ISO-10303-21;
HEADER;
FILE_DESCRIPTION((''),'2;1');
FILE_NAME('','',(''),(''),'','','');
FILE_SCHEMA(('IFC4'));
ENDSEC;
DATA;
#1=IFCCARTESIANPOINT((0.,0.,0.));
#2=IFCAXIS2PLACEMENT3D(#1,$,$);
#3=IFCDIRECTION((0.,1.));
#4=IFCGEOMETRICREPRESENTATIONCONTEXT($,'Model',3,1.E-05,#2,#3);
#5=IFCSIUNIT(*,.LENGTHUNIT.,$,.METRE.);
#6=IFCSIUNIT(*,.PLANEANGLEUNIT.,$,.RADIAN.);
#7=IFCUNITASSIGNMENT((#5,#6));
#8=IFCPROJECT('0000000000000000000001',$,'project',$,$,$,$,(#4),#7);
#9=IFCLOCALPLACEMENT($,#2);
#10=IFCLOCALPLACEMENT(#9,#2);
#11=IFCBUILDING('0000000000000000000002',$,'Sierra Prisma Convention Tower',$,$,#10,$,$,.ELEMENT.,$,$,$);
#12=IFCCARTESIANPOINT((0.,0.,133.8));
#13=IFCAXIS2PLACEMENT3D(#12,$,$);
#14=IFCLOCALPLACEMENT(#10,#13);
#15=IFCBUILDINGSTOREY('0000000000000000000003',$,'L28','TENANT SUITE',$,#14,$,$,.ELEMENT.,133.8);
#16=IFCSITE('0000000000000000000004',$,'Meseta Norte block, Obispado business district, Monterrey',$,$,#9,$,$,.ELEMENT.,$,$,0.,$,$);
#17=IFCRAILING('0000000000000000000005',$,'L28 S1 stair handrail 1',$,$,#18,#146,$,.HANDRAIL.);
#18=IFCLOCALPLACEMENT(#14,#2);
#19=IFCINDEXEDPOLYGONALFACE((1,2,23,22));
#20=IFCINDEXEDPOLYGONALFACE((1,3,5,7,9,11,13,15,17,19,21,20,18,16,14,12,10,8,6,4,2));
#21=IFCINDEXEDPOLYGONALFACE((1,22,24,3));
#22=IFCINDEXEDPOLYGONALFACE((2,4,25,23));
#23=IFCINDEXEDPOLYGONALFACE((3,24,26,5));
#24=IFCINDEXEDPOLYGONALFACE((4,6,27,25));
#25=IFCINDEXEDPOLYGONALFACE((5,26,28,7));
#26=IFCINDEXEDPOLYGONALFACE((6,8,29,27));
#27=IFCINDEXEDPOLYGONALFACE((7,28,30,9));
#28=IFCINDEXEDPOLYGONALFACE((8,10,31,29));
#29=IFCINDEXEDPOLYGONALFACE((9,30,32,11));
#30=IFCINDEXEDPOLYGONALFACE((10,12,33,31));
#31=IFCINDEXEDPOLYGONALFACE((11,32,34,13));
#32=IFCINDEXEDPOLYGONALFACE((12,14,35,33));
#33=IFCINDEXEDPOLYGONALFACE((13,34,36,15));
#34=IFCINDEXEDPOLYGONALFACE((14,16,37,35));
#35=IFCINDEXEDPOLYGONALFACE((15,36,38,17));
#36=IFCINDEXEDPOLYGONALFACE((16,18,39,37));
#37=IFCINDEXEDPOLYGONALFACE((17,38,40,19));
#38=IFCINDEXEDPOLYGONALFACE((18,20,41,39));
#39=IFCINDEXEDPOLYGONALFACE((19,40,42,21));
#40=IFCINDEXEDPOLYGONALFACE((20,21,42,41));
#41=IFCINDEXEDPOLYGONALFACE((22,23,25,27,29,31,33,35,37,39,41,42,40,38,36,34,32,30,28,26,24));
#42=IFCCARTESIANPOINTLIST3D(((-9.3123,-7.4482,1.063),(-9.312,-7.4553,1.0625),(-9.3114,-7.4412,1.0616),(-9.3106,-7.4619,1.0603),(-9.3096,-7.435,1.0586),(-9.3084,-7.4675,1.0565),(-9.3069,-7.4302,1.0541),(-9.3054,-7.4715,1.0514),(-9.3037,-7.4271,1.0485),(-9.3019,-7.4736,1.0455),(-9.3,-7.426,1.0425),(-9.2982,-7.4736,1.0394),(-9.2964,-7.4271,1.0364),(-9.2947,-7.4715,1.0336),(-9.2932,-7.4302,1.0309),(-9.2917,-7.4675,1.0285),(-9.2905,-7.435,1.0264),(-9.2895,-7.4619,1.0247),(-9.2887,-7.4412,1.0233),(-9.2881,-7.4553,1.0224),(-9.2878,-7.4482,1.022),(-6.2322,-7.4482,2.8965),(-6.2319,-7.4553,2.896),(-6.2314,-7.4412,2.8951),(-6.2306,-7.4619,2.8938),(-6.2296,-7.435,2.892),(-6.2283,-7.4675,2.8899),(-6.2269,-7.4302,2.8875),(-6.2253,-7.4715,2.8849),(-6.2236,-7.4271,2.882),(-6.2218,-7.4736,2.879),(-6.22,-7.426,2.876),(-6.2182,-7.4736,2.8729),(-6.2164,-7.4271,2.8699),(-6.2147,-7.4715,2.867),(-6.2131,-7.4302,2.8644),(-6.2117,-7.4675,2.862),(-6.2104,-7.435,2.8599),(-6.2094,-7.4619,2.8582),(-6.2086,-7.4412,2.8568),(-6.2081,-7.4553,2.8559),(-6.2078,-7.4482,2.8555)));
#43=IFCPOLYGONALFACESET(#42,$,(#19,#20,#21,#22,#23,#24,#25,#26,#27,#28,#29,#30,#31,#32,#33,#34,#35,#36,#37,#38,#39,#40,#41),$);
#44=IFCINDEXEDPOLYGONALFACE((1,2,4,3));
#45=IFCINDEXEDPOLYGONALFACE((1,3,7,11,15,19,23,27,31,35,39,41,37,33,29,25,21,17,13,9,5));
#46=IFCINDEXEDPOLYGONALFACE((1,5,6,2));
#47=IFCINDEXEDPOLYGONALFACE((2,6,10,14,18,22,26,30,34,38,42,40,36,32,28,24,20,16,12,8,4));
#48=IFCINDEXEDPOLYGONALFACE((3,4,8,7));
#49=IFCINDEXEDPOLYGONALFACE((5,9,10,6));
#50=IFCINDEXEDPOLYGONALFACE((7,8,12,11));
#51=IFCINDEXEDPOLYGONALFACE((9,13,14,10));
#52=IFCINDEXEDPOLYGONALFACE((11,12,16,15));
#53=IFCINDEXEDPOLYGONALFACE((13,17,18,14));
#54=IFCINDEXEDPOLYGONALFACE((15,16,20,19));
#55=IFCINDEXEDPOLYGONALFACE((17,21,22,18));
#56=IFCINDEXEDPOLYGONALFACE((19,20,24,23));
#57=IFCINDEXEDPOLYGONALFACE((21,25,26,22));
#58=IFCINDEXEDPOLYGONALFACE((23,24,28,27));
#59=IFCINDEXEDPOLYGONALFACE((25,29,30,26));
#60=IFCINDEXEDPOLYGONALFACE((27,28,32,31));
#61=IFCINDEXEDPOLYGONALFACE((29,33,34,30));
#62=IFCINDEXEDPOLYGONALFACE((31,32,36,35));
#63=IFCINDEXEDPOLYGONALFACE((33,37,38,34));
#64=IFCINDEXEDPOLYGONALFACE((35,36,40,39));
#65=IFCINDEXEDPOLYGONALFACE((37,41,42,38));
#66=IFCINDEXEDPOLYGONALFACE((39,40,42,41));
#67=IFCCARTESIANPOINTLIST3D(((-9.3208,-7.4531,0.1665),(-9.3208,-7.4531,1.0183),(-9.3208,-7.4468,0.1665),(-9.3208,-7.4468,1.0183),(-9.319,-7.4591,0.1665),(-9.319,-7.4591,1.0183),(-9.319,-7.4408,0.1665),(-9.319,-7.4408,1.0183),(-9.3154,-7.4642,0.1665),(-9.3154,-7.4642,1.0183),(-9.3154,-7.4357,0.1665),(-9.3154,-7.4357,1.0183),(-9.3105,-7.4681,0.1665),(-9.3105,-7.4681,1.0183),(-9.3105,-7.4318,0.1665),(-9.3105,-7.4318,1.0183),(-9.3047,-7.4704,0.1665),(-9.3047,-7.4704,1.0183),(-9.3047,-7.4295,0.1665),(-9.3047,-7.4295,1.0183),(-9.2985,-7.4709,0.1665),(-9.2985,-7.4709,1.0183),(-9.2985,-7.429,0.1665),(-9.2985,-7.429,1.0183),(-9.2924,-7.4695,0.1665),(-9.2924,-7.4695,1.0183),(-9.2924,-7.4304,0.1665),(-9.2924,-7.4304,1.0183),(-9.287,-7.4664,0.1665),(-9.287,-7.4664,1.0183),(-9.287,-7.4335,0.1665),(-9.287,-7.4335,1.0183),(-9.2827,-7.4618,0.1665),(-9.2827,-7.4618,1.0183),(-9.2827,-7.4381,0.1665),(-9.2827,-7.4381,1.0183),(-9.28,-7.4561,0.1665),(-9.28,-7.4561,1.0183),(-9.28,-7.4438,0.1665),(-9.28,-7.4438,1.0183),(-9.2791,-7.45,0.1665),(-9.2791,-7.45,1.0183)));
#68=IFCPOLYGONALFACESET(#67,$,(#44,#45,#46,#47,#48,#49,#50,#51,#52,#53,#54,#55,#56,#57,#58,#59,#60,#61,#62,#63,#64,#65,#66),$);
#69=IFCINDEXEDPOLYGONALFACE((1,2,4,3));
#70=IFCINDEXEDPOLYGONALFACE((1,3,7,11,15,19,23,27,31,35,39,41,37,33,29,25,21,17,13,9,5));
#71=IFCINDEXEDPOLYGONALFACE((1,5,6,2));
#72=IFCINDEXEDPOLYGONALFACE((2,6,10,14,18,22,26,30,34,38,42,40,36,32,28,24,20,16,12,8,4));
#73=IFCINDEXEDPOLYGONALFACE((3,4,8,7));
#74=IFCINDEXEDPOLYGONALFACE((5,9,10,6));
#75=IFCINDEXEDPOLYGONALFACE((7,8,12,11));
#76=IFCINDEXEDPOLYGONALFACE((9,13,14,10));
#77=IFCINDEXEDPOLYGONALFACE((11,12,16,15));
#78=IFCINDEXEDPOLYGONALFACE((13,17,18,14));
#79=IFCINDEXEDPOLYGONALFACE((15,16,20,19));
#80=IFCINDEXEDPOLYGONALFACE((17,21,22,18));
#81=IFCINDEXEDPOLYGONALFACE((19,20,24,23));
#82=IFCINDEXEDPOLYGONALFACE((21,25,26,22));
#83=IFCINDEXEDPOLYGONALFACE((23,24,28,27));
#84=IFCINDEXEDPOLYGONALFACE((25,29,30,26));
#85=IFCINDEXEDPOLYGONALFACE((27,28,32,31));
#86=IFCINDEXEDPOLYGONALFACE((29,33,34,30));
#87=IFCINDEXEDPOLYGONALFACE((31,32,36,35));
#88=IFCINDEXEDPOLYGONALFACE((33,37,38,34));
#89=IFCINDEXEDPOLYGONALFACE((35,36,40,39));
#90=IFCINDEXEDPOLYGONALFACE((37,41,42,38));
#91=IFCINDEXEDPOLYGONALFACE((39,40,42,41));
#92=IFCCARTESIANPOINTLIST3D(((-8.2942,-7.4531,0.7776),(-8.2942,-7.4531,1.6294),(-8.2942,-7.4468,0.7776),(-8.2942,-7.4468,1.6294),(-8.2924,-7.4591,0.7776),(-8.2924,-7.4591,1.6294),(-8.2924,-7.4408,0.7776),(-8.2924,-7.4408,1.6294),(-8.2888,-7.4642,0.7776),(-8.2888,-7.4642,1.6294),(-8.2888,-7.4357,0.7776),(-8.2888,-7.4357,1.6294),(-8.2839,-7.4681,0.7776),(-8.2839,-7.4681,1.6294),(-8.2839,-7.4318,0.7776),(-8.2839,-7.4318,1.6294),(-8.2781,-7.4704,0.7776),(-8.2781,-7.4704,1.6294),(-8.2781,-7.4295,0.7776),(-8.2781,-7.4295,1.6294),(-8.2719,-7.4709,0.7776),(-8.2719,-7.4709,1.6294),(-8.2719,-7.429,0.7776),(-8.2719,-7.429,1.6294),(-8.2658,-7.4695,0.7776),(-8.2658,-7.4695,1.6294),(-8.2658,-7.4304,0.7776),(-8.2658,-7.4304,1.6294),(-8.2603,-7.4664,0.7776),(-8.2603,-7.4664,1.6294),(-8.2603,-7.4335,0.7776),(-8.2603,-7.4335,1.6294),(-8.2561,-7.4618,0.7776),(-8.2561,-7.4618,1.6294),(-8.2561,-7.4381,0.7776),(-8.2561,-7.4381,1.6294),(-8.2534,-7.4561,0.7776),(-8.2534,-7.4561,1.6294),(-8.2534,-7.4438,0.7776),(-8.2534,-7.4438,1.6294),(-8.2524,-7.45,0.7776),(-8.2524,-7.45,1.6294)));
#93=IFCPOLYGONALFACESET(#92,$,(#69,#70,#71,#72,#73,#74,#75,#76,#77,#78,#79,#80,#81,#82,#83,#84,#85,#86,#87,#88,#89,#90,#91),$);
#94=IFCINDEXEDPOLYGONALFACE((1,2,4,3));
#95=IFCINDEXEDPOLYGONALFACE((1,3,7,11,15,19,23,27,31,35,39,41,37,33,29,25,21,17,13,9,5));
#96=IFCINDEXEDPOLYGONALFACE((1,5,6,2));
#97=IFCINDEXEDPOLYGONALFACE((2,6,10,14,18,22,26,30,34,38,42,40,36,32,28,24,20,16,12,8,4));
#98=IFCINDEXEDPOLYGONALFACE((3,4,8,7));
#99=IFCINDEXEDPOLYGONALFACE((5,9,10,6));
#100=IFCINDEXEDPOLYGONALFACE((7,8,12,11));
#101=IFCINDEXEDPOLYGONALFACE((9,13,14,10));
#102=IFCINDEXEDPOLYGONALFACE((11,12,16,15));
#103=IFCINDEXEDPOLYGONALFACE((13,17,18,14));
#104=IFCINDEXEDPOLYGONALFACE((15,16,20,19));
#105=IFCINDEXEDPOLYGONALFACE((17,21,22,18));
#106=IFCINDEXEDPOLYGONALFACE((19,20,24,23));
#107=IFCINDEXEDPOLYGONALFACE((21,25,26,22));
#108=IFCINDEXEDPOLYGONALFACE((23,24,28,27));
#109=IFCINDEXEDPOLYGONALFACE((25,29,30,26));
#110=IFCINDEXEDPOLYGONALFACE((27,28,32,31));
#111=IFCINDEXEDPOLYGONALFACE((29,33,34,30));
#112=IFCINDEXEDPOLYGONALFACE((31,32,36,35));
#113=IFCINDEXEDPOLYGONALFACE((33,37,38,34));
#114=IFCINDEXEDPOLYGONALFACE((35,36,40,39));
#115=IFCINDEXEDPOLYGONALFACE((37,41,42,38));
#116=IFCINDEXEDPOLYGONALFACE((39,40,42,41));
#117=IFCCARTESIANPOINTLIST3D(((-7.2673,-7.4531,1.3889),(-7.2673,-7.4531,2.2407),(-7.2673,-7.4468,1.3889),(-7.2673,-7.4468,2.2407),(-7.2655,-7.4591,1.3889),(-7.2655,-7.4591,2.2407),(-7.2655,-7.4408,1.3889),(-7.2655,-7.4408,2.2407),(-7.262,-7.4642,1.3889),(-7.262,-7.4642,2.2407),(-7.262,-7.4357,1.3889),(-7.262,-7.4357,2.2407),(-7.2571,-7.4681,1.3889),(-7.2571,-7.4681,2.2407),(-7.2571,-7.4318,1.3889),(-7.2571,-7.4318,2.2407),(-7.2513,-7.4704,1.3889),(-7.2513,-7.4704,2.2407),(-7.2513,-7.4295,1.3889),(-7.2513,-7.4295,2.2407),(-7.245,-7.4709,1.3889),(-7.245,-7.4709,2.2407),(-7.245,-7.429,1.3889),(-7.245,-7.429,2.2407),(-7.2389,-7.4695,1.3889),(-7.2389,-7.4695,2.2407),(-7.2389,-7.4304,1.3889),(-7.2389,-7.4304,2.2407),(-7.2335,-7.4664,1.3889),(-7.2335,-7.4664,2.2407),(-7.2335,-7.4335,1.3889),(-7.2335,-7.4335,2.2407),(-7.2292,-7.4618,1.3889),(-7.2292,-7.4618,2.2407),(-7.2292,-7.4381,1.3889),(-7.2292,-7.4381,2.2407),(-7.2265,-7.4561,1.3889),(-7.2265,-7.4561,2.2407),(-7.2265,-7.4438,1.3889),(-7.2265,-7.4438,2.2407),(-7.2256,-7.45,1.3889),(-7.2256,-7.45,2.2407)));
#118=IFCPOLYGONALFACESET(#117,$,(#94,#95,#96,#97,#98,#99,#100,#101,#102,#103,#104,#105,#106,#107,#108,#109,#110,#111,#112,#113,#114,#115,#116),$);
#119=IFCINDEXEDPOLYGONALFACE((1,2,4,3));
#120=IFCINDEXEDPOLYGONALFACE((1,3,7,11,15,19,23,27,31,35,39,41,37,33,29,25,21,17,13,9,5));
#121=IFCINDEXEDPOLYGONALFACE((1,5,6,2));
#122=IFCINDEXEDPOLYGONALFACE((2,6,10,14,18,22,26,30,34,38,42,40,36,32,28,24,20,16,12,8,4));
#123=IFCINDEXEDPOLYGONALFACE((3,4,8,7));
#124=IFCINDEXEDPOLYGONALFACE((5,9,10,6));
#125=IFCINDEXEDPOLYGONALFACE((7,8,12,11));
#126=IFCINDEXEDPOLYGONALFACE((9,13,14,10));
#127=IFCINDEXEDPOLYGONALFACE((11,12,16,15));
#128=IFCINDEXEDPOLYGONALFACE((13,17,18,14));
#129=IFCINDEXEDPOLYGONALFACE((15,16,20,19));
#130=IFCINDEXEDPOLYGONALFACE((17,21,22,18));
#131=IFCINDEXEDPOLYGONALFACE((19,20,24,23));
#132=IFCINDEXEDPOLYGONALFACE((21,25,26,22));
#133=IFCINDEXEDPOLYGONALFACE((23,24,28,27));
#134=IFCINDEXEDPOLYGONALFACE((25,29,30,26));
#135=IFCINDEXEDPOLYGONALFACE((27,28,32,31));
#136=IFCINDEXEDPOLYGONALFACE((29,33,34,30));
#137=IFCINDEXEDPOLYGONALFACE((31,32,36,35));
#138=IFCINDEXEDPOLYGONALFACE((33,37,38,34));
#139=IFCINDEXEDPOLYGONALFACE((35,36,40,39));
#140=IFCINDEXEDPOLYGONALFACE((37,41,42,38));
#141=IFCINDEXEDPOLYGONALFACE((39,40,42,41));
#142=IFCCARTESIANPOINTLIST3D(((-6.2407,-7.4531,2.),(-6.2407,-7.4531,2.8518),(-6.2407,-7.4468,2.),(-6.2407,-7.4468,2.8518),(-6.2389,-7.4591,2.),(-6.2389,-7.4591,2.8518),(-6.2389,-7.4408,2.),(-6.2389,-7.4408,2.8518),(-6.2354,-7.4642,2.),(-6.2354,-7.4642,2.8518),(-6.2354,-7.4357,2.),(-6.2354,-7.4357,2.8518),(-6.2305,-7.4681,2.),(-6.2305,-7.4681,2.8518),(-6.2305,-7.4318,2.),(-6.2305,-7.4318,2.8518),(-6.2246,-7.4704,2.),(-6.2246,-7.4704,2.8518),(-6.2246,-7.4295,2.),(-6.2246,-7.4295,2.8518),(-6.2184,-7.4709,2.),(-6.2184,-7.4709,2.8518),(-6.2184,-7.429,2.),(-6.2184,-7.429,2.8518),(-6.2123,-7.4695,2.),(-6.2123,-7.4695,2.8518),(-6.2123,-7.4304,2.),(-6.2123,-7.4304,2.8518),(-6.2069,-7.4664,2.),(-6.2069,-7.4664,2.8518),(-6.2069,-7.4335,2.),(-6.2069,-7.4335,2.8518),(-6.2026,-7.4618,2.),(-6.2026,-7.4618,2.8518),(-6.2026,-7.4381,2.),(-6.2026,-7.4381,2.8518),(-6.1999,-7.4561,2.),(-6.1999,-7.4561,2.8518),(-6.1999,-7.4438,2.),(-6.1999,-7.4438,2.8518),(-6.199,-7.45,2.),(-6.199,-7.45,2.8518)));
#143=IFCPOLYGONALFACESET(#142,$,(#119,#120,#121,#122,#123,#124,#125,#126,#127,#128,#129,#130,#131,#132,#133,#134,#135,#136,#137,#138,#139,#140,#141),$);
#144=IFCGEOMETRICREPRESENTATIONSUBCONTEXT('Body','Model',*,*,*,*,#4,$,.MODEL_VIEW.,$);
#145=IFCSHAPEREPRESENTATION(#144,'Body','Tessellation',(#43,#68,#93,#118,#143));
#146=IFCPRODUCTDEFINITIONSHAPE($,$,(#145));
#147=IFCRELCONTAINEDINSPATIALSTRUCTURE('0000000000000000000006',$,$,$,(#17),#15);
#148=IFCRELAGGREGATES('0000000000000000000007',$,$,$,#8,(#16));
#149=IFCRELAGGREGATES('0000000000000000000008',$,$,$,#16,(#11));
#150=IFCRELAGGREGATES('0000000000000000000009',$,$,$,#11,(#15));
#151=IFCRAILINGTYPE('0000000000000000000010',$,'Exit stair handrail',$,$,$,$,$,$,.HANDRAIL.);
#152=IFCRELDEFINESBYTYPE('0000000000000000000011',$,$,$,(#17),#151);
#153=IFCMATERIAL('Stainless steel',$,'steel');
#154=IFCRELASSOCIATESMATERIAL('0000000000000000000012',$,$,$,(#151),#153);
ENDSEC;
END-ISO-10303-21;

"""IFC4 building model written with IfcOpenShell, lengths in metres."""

from ifc_helpers import new_model, si_unit, direction, frame, origin, origin_2d, place, context, subcontext, project, spatial, circle, extrude, material, type_object, element, save


model = new_model("IFC4")

# Units and contexts
model_context = context("Model", 3, precision=1e-05, world=origin(), true_north=direction((0.0, 1.0)))
body_context = subcontext(model_context, "Body", "Model", "MODEL_VIEW")
ifc_project = project(units=[si_unit("LENGTHUNIT", "METRE"), si_unit("PLANEANGLEUNIT", "RADIAN")], contexts=[model_context])

# Site, building, storey
site_placement = place(None, origin())
site = spatial("IfcSite", under=ifc_project, at=site_placement, Name="Meseta Norte block, Obispado business district, Monterrey", CompositionType="ELEMENT", RefElevation=0.0)
building_placement = place(site_placement, origin())
building = spatial("IfcBuilding", under=site, at=building_placement, Name="Sierra Prisma Convention Tower", CompositionType="ELEMENT")
storey_placement = place(building_placement, frame((0.0, 0.0, 133.8)))
storey = spatial("IfcBuildingStorey", under=building, at=storey_placement, Name="L28", Description="TENANT SUITE", CompositionType="ELEMENT", Elevation=133.8)

# Railing
ifc_material_1 = material(Name="Stainless steel", Category="steel")
railing_type_1 = type_object("IfcRailingType", Name="Exit stair handrail", PredefinedType="HANDRAIL", material=ifc_material_1)
railing_1_placement = place(storey_placement, frame((-9.3, -7.45, 0.1665)))
element("IfcRailing", 1, at=railing_1_placement, inside=storey, type_object=railing_type_1, Name="L28 S1 stair handrail 1", PredefinedType="HANDRAIL", context=body_context, shape_type="SweptSolid", body=[
    extrude(circle(Radius=0.0239, at=origin_2d()), frame((0.0, 0.0, 0.876), z_axis=(0.859279, 0.0, 0.511508), x_axis=(0.0, 1.0, 0.0)), (0.0, 0.0, 1.0), 3.5845),
    extrude(circle(Radius=0.021, at=origin_2d()), origin(), (0.0, 0.0, 1.0), 0.8518),
    extrude(circle(Radius=0.021, at=origin_2d()), frame((1.0266, 0.0, 0.6111)), (0.0, 0.0, 1.0), 0.8518),
    extrude(circle(Radius=0.021, at=origin_2d()), frame((2.0535, 0.0, 1.2224)), (0.0, 0.0, 1.0), 0.8518),
    extrude(circle(Radius=0.021, at=origin_2d()), frame((3.0801, 0.0, 1.8335)), (0.0, 0.0, 1.0), 0.8518),
])

save(model, "model.ifc")
